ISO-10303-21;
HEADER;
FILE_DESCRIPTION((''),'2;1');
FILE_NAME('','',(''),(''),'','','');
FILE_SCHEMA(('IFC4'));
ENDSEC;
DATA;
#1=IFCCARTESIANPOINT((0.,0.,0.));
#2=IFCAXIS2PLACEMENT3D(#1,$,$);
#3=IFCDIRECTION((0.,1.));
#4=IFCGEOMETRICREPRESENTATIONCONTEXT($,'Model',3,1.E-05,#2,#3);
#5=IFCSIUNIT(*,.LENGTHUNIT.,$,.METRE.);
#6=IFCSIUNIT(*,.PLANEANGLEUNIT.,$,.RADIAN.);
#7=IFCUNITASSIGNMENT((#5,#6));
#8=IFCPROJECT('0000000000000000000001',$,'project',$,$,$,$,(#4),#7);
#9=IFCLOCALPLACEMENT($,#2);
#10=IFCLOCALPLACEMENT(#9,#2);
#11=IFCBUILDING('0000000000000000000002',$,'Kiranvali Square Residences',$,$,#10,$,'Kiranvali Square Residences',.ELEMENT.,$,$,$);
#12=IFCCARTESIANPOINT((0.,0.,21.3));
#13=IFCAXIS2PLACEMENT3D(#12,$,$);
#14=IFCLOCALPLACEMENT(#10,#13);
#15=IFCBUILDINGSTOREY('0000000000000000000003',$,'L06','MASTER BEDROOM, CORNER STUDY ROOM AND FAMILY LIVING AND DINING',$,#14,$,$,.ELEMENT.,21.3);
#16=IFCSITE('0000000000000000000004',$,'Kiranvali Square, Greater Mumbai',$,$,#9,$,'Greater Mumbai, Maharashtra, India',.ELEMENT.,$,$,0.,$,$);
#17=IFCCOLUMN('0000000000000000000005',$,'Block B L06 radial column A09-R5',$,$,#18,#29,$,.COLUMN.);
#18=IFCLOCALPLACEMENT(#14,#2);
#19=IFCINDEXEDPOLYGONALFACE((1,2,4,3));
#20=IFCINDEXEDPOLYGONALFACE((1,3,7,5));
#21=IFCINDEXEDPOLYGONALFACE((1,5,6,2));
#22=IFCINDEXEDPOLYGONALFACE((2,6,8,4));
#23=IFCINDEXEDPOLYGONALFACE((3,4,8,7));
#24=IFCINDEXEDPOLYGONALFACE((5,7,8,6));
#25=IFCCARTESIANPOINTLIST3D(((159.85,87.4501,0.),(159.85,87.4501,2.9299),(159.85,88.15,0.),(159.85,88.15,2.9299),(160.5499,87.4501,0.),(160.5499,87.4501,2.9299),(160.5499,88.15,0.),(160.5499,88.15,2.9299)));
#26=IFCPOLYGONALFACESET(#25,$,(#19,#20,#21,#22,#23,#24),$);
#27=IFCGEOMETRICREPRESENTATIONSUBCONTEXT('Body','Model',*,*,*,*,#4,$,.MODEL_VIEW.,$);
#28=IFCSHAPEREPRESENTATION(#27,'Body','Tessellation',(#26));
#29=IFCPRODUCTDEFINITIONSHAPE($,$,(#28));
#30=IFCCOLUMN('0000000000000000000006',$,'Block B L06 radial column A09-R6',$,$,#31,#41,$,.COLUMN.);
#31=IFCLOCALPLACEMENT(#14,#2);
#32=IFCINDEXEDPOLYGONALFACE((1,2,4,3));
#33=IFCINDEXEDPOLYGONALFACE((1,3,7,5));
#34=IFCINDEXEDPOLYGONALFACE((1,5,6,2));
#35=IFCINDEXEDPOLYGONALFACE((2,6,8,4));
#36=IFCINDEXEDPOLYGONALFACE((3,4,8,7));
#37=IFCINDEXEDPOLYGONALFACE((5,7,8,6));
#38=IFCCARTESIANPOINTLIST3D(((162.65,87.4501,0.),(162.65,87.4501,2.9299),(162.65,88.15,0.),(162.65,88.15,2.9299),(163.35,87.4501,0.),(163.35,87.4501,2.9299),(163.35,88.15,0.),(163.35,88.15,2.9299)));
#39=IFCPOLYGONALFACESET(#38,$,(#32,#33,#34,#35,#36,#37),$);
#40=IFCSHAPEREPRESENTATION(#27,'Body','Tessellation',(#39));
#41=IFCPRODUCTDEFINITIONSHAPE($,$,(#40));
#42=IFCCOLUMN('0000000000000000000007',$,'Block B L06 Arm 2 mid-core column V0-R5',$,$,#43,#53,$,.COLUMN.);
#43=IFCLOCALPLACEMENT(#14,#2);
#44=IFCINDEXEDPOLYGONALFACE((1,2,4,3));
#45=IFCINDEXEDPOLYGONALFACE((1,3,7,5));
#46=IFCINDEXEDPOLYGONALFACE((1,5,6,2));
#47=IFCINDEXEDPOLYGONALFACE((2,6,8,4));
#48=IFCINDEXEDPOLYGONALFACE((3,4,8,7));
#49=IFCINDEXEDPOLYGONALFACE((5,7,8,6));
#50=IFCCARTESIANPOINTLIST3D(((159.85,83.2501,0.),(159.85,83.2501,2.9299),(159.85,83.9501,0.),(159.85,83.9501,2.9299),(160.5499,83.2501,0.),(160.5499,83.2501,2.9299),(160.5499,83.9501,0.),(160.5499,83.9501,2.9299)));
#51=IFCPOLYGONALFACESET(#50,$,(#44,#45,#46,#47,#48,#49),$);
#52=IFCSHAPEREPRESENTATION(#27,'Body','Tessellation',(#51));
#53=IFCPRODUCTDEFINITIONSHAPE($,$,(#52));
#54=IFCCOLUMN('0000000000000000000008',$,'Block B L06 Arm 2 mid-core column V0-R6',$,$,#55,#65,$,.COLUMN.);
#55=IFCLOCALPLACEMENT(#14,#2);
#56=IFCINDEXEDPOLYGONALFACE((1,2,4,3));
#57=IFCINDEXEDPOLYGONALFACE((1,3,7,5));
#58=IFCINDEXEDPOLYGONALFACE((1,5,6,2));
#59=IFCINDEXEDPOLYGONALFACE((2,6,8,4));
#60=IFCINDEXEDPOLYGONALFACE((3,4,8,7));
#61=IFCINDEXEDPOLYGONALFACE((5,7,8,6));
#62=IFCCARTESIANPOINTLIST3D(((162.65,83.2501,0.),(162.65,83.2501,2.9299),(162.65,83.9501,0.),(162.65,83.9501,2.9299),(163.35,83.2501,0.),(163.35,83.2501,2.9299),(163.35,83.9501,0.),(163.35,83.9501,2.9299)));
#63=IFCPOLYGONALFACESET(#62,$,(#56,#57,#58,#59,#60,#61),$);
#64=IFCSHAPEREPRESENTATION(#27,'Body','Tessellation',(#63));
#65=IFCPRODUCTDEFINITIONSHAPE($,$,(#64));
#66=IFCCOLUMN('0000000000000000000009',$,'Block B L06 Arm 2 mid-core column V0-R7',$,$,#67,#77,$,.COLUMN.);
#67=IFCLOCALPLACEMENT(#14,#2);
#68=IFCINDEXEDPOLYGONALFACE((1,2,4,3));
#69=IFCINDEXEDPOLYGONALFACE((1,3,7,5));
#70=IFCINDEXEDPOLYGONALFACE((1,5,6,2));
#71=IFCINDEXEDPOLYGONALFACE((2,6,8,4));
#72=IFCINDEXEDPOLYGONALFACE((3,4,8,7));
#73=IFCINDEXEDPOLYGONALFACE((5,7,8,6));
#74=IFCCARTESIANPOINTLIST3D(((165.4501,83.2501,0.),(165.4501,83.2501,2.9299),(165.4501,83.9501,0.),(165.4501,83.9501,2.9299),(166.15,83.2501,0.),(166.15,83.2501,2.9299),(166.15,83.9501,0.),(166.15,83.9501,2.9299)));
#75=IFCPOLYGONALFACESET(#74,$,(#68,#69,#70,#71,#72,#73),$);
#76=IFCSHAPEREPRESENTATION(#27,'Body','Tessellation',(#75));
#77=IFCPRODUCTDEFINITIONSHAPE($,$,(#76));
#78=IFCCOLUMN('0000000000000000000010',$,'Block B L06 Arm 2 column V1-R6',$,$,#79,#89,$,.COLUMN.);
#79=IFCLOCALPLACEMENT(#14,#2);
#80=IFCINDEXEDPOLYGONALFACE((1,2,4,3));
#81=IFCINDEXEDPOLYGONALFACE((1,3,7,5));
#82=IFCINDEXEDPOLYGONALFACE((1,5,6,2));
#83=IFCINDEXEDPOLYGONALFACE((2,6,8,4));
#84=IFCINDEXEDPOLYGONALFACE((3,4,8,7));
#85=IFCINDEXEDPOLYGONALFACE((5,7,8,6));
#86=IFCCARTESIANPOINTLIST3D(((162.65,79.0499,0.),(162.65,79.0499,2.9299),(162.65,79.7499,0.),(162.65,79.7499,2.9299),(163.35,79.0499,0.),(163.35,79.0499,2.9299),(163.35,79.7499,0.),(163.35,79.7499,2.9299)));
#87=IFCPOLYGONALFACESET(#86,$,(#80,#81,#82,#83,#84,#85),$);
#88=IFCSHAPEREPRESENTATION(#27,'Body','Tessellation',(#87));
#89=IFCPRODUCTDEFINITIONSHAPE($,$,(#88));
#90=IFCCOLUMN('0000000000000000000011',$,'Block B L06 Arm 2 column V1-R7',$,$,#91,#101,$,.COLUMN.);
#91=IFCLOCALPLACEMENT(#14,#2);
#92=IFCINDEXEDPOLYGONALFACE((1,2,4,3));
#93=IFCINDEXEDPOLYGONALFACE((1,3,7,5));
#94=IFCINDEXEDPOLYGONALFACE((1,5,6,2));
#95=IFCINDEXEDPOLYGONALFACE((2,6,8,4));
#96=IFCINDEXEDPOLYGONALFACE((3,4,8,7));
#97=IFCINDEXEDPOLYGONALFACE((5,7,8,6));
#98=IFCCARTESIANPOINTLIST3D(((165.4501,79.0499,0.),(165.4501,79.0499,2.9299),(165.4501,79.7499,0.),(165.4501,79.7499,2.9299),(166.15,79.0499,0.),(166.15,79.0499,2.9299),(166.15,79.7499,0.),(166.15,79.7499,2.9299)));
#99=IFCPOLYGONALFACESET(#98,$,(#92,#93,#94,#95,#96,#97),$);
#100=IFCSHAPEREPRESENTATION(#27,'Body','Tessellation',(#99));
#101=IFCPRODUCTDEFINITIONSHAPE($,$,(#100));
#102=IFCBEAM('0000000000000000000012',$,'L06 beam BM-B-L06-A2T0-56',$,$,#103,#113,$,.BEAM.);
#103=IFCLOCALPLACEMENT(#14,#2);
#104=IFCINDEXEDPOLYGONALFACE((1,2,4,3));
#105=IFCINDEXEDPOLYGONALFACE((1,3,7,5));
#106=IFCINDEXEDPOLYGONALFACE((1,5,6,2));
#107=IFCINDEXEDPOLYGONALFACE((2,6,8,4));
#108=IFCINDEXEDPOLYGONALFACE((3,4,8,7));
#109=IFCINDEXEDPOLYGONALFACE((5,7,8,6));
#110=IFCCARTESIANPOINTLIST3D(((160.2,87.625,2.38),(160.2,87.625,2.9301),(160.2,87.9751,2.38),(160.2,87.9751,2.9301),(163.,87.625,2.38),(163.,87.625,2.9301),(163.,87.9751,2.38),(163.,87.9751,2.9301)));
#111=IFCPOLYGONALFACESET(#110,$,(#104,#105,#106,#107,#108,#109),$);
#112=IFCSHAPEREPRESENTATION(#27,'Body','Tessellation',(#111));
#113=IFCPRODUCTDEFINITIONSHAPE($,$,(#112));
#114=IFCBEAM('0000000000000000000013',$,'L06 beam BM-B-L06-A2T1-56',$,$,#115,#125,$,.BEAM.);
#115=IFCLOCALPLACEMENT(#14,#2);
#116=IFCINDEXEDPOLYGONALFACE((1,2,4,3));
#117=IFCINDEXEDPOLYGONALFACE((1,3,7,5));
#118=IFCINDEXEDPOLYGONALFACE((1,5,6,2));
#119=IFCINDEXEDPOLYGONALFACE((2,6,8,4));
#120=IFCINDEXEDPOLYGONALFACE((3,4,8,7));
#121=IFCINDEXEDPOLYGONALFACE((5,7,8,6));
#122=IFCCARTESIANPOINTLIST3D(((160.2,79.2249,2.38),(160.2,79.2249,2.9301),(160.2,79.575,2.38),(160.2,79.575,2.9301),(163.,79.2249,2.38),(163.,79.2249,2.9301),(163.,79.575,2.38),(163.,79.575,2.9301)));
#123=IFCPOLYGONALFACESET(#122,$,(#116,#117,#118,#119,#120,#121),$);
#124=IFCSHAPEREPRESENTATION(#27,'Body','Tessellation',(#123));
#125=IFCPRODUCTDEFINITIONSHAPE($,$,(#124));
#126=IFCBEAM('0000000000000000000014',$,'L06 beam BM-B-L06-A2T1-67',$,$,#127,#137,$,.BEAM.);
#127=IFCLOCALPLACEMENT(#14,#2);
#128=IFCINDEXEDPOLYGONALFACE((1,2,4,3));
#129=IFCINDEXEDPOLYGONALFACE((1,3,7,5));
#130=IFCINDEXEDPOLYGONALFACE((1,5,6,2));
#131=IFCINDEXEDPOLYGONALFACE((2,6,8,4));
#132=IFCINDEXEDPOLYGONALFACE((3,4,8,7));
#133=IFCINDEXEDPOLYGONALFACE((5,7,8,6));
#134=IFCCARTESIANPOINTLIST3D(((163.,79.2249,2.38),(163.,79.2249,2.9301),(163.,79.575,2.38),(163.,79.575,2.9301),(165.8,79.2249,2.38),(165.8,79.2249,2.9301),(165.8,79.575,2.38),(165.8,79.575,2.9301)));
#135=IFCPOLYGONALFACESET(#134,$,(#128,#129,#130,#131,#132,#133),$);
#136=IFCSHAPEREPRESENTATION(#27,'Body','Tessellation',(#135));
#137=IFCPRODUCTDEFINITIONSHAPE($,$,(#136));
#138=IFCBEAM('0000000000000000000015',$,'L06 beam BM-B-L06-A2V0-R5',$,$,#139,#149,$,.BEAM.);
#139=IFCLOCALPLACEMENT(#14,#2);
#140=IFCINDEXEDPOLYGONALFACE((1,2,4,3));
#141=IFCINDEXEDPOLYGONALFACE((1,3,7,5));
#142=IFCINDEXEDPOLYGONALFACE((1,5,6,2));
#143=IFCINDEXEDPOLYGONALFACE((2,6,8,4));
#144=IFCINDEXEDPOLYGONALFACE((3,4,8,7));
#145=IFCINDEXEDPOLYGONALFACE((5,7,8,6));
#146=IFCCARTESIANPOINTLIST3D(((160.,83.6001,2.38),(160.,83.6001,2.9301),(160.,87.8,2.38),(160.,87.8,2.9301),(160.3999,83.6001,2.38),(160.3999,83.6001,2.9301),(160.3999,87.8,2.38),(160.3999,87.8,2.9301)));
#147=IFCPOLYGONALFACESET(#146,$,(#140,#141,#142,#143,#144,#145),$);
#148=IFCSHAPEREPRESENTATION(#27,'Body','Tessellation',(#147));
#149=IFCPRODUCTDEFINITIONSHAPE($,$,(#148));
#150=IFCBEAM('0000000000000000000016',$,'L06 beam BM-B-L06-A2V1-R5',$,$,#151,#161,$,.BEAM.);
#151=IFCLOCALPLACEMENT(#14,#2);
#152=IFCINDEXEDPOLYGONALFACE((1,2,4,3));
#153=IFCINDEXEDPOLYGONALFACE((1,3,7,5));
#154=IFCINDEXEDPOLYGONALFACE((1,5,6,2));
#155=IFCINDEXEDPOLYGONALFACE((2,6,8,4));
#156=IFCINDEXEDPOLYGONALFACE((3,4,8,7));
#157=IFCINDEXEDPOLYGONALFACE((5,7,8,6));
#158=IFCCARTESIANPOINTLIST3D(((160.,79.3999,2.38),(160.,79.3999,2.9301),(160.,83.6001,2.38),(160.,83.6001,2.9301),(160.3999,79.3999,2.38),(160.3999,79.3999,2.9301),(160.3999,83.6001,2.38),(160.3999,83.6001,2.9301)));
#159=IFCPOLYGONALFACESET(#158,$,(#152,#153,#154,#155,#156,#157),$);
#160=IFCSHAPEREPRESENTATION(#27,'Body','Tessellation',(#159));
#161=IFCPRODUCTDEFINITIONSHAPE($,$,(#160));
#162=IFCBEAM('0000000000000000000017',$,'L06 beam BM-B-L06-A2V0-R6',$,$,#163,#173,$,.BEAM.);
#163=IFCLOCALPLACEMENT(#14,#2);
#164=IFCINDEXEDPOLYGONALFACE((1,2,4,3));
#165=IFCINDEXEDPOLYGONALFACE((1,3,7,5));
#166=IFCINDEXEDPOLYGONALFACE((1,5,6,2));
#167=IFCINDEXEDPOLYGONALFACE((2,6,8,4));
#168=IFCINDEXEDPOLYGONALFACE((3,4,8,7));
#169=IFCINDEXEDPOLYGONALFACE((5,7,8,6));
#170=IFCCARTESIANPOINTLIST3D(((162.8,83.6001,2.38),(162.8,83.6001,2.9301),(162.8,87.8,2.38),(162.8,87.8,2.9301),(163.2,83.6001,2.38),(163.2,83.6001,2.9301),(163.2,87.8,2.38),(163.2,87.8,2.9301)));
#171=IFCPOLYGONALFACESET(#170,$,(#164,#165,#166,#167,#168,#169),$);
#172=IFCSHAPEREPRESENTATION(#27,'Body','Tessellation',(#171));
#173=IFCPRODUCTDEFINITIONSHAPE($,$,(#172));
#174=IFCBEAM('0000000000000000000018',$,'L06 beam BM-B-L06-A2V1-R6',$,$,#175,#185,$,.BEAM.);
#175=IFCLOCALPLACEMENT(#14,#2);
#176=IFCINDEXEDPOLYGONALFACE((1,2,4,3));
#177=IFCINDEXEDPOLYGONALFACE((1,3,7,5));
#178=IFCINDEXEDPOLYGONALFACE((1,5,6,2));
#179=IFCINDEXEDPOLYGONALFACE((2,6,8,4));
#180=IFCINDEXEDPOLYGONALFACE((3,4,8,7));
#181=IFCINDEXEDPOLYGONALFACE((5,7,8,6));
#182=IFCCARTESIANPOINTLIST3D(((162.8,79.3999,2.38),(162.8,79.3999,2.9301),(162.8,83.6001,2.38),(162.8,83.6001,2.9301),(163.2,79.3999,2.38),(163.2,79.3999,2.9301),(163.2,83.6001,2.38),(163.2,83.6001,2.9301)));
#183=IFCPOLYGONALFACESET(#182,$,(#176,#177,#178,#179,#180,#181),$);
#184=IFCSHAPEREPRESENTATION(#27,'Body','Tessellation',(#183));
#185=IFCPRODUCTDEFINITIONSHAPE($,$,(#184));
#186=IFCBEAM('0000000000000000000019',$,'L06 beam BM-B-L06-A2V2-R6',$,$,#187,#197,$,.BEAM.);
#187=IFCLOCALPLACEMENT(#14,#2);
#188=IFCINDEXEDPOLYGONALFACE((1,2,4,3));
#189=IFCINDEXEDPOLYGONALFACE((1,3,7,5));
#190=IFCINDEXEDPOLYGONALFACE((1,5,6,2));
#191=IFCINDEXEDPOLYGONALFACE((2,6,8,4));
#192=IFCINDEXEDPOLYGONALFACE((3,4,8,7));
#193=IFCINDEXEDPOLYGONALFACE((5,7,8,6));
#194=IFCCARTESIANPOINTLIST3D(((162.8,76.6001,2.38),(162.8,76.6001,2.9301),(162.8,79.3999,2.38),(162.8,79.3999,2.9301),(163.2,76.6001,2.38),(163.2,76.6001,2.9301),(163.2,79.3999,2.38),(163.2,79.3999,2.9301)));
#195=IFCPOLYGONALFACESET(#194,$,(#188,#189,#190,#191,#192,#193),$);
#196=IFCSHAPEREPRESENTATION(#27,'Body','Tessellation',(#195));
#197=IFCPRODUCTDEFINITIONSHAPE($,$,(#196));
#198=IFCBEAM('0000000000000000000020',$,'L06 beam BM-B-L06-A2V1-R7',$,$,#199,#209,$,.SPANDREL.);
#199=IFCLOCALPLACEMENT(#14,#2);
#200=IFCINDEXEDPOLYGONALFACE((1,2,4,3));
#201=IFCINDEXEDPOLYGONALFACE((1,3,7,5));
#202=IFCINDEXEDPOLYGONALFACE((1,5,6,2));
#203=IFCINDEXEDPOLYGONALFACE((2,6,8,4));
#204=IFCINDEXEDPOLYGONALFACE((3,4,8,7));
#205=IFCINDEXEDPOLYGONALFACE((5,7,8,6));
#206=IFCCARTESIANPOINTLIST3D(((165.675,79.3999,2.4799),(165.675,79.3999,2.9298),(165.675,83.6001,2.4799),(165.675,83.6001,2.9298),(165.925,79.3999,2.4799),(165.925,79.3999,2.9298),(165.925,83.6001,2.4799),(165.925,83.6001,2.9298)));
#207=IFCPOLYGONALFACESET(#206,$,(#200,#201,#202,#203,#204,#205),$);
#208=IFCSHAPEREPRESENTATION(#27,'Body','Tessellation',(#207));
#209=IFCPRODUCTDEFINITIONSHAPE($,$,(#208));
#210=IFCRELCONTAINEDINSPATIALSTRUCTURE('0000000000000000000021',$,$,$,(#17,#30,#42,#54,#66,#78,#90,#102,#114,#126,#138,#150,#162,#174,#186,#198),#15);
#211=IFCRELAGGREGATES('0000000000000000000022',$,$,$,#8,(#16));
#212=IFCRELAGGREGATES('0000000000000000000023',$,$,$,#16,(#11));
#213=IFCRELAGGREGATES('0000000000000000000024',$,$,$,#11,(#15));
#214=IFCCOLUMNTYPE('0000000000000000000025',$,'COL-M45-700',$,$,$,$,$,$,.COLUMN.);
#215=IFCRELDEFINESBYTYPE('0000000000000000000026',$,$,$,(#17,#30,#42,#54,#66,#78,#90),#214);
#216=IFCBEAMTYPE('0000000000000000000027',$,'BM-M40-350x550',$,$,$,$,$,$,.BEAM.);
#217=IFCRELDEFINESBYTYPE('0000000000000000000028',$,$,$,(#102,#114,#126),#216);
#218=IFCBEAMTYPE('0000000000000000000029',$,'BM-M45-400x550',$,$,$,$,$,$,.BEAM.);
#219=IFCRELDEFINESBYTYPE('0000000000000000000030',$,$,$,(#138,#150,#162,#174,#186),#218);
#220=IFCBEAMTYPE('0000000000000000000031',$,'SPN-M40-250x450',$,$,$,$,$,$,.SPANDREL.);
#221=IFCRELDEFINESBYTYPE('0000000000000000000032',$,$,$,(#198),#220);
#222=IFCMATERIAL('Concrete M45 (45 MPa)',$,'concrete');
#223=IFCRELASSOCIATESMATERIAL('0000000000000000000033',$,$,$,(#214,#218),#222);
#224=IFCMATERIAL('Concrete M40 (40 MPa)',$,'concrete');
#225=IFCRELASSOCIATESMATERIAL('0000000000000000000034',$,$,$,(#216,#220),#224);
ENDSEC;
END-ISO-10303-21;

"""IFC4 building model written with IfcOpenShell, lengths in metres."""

from ifc_helpers import new_model, si_unit, direction, frame, origin, origin_2d, place, context, subcontext, project, spatial, rectangle, extrude, material, material_profile, profile_set, type_object, element, save


model = new_model("IFC4")

# Units and contexts
model_context = context("Model", 3, precision=1e-05, world=origin(), true_north=direction((0.0, 1.0)))
body_context = subcontext(model_context, "Body", "Model", "MODEL_VIEW")
ifc_project = project(units=[si_unit("LENGTHUNIT", "METRE"), si_unit("PLANEANGLEUNIT", "RADIAN")], contexts=[model_context])

# Site, building, storey
site_placement = place(None, origin())
site = spatial("IfcSite", under=ifc_project, at=site_placement, Name="Kiranvali Square, Greater Mumbai", LongName="Greater Mumbai, Maharashtra, India", CompositionType="ELEMENT", RefElevation=0.0)
building_placement = place(site_placement, origin())
building = spatial("IfcBuilding", under=site, at=building_placement, Name="Kiranvali Square Residences", LongName="Kiranvali Square Residences", CompositionType="ELEMENT")
storey_placement = place(building_placement, frame((0.0, 0.0, 21.3)))
storey = spatial("IfcBuildingStorey", under=building, at=storey_placement, Name="L06", Description="MASTER BEDROOM, CORNER STUDY ROOM AND FAMILY LIVING AND DINING", CompositionType="ELEMENT", Elevation=21.3)

# Columns
ifc_material_1 = material(Name="Concrete M45 (45 MPa)", Category="concrete")
ifc_material_profile_1 = material_profile(ifc_material_1, rectangle(XDim=0.7, YDim=0.7, at=origin_2d()), Name="RC 700x700")
ifc_profile_set_1 = profile_set([ifc_material_profile_1], Name="Concrete M45 (45 MPa)")
column_type = type_object("IfcColumnType", Name="COL-M45-700", PredefinedType="COLUMN", material=ifc_profile_set_1)
for number, where, z_axis, x_axis, name in (
    (1, (160.2, 87.8, 0.0), (0.0, 0.0, 1.0), (0.0, 1.0, 0.0), "Block B L06 radial column A09-R5"),
    (2, (163.0, 87.8, 0.0), (0.0, 0.0, 1.0), (0.0, 1.0, 0.0), "Block B L06 radial column A09-R6"),
    (3, (160.2, 83.6001, 0.0), (0.0, 0.0, 1.0), (1.0, 0.0, 0.0), "Block B L06 Arm 2 mid-core column V0-R5"),
    (4, (163.0, 83.6001, 0.0), (0.0, 0.0, 1.0), (1.0, 0.0, 0.0), "Block B L06 Arm 2 mid-core column V0-R6"),
    (5, (165.8, 83.6001, 0.0), (0.0, 0.0, 1.0), (1.0, 0.0, 0.0), "Block B L06 Arm 2 mid-core column V0-R7"),
    (6, (163.0, 79.3999, 0.0), (0.0, 0.0, 1.0), (1.0, 0.0, 0.0), "Block B L06 Arm 2 column V1-R6"),
    (7, (165.8, 79.3999, 0.0), (0.0, 0.0, 1.0), (1.0, 0.0, 0.0), "Block B L06 Arm 2 column V1-R7"),
):
    element("IfcColumn", number, at=place(storey_placement, frame(where, z_axis=z_axis, x_axis=x_axis)), inside=storey, type_object=column_type, Name=name, PredefinedType="COLUMN", context=body_context, shape_type="SweptSolid", body=[
        extrude(rectangle(XDim=0.7, YDim=0.7, at=origin_2d()), origin(), (0.0, 0.0, 1.0), 2.9299),
    ])

# Beams
ifc_material_2 = material(Name="Concrete M40 (40 MPa)", Category="concrete")
ifc_material_profile_2 = material_profile(ifc_material_2, rectangle(XDim=0.3501, YDim=0.55, at=origin_2d()), Name="RC 350x550")
ifc_profile_set_2 = profile_set([ifc_material_profile_2], Name="Concrete M40 (40 MPa)")
beam_type_1 = type_object("IfcBeamType", Name="BM-M40-350x550", PredefinedType="BEAM", material=ifc_profile_set_2)
for number, where, z_axis, x_axis, name in (
    (8, (160.2, 87.8, 2.655), (1.0, 0.0, 0.0), (0.0, 1.0, 0.0), "L06 beam BM-B-L06-A2T0-56"),
    (9, (160.2, 79.3999, 2.655), (1.0, 0.0, 0.0), (0.0, 1.0, 0.0), "L06 beam BM-B-L06-A2T1-56"),
    (10, (163.0, 79.3999, 2.655), (1.0, 0.0, 0.0), (0.0, 1.0, 0.0), "L06 beam BM-B-L06-A2T1-67"),
):
    element("IfcBeam", number, at=place(storey_placement, frame(where, z_axis=z_axis, x_axis=x_axis)), inside=storey, type_object=beam_type_1, Name=name, PredefinedType="BEAM", context=body_context, shape_type="SweptSolid", body=[
        extrude(rectangle(XDim=0.3501, YDim=0.55, at=origin_2d()), origin(), (0.0, 0.0, 1.0), 2.8),
    ])
ifc_material_profile_3 = material_profile(ifc_material_1, rectangle(XDim=0.3999, YDim=0.55, at=origin_2d()), Name="RC 400x550")
ifc_profile_set_3 = profile_set([ifc_material_profile_3], Name="Concrete M45 (45 MPa)")
beam_type_2 = type_object("IfcBeamType", Name="BM-M45-400x550", PredefinedType="BEAM", material=ifc_profile_set_3)
beam_1_placement = place(storey_placement, frame((160.2, 87.8, 2.655), z_axis=(0.0, -1.0, 0.0), x_axis=(1.0, 0.0, 0.0)))
element("IfcBeam", 11, at=beam_1_placement, inside=storey, type_object=beam_type_2, Name="L06 beam BM-B-L06-A2V0-R5", PredefinedType="BEAM", context=body_context, shape_type="SweptSolid", body=[
    extrude(rectangle(XDim=0.3999, YDim=0.55, at=origin_2d()), origin(), (0.0, 0.0, 1.0), 4.2),
])
beam_2_placement = place(storey_placement, frame((160.2, 83.6001, 2.655), z_axis=(0.0, -1.0, 0.0), x_axis=(1.0, 0.0, 0.0)))
element("IfcBeam", 12, at=beam_2_placement, inside=storey, type_object=beam_type_2, Name="L06 beam BM-B-L06-A2V1-R5", PredefinedType="BEAM", context=body_context, shape_type="SweptSolid", body=[
    extrude(rectangle(XDim=0.3999, YDim=0.55, at=origin_2d()), origin(), (0.0, 0.0, 1.0), 4.2002),
])
beam_3_placement = place(storey_placement, frame((163.0, 87.8, 2.655), z_axis=(0.0, -1.0, 0.0), x_axis=(1.0, 0.0, 0.0)))
element("IfcBeam", 13, at=beam_3_placement, inside=storey, type_object=beam_type_2, Name="L06 beam BM-B-L06-A2V0-R6", PredefinedType="BEAM", context=body_context, shape_type="SweptSolid", body=[
    extrude(rectangle(XDim=0.3999, YDim=0.55, at=origin_2d()), origin(), (0.0, 0.0, 1.0), 4.2),
])
beam_4_placement = place(storey_placement, frame((163.0, 83.6001, 2.655), z_axis=(0.0, -1.0, 0.0), x_axis=(1.0, 0.0, 0.0)))
element("IfcBeam", 14, at=beam_4_placement, inside=storey, type_object=beam_type_2, Name="L06 beam BM-B-L06-A2V1-R6", PredefinedType="BEAM", context=body_context, shape_type="SweptSolid", body=[
    extrude(rectangle(XDim=0.3999, YDim=0.55, at=origin_2d()), origin(), (0.0, 0.0, 1.0), 4.2002),
])
beam_5_placement = place(storey_placement, frame((163.0, 79.3999, 2.655), z_axis=(0.0, -1.0, 0.0), x_axis=(1.0, 0.0, 0.0)))
element("IfcBeam", 15, at=beam_5_placement, inside=storey, type_object=beam_type_2, Name="L06 beam BM-B-L06-A2V2-R6", PredefinedType="BEAM", context=body_context, shape_type="SweptSolid", body=[
    extrude(rectangle(XDim=0.3999, YDim=0.55, at=origin_2d()), origin(), (0.0, 0.0, 1.0), 2.7998),
])
ifc_material_profile_4 = material_profile(ifc_material_2, rectangle(XDim=0.25, YDim=0.45, at=origin_2d()), Name="RC 250x450")
ifc_profile_set_4 = profile_set([ifc_material_profile_4], Name="Concrete M40 (40 MPa)")
beam_type_3 = type_object("IfcBeamType", Name="SPN-M40-250x450", PredefinedType="SPANDREL", material=ifc_profile_set_4)
beam_6_placement = place(storey_placement, frame((165.8, 83.6001, 2.7048), z_axis=(0.0, -1.0, 0.0), x_axis=(1.0, 0.0, 0.0)))
element("IfcBeam", 16, at=beam_6_placement, inside=storey, type_object=beam_type_3, Name="L06 beam BM-B-L06-A2V1-R7", PredefinedType="SPANDREL", context=body_context, shape_type="SweptSolid", body=[
    extrude(rectangle(XDim=0.25, YDim=0.45, at=origin_2d()), origin(), (0.0, 0.0, 1.0), 4.2002),
])

save(model, "model.ifc")
